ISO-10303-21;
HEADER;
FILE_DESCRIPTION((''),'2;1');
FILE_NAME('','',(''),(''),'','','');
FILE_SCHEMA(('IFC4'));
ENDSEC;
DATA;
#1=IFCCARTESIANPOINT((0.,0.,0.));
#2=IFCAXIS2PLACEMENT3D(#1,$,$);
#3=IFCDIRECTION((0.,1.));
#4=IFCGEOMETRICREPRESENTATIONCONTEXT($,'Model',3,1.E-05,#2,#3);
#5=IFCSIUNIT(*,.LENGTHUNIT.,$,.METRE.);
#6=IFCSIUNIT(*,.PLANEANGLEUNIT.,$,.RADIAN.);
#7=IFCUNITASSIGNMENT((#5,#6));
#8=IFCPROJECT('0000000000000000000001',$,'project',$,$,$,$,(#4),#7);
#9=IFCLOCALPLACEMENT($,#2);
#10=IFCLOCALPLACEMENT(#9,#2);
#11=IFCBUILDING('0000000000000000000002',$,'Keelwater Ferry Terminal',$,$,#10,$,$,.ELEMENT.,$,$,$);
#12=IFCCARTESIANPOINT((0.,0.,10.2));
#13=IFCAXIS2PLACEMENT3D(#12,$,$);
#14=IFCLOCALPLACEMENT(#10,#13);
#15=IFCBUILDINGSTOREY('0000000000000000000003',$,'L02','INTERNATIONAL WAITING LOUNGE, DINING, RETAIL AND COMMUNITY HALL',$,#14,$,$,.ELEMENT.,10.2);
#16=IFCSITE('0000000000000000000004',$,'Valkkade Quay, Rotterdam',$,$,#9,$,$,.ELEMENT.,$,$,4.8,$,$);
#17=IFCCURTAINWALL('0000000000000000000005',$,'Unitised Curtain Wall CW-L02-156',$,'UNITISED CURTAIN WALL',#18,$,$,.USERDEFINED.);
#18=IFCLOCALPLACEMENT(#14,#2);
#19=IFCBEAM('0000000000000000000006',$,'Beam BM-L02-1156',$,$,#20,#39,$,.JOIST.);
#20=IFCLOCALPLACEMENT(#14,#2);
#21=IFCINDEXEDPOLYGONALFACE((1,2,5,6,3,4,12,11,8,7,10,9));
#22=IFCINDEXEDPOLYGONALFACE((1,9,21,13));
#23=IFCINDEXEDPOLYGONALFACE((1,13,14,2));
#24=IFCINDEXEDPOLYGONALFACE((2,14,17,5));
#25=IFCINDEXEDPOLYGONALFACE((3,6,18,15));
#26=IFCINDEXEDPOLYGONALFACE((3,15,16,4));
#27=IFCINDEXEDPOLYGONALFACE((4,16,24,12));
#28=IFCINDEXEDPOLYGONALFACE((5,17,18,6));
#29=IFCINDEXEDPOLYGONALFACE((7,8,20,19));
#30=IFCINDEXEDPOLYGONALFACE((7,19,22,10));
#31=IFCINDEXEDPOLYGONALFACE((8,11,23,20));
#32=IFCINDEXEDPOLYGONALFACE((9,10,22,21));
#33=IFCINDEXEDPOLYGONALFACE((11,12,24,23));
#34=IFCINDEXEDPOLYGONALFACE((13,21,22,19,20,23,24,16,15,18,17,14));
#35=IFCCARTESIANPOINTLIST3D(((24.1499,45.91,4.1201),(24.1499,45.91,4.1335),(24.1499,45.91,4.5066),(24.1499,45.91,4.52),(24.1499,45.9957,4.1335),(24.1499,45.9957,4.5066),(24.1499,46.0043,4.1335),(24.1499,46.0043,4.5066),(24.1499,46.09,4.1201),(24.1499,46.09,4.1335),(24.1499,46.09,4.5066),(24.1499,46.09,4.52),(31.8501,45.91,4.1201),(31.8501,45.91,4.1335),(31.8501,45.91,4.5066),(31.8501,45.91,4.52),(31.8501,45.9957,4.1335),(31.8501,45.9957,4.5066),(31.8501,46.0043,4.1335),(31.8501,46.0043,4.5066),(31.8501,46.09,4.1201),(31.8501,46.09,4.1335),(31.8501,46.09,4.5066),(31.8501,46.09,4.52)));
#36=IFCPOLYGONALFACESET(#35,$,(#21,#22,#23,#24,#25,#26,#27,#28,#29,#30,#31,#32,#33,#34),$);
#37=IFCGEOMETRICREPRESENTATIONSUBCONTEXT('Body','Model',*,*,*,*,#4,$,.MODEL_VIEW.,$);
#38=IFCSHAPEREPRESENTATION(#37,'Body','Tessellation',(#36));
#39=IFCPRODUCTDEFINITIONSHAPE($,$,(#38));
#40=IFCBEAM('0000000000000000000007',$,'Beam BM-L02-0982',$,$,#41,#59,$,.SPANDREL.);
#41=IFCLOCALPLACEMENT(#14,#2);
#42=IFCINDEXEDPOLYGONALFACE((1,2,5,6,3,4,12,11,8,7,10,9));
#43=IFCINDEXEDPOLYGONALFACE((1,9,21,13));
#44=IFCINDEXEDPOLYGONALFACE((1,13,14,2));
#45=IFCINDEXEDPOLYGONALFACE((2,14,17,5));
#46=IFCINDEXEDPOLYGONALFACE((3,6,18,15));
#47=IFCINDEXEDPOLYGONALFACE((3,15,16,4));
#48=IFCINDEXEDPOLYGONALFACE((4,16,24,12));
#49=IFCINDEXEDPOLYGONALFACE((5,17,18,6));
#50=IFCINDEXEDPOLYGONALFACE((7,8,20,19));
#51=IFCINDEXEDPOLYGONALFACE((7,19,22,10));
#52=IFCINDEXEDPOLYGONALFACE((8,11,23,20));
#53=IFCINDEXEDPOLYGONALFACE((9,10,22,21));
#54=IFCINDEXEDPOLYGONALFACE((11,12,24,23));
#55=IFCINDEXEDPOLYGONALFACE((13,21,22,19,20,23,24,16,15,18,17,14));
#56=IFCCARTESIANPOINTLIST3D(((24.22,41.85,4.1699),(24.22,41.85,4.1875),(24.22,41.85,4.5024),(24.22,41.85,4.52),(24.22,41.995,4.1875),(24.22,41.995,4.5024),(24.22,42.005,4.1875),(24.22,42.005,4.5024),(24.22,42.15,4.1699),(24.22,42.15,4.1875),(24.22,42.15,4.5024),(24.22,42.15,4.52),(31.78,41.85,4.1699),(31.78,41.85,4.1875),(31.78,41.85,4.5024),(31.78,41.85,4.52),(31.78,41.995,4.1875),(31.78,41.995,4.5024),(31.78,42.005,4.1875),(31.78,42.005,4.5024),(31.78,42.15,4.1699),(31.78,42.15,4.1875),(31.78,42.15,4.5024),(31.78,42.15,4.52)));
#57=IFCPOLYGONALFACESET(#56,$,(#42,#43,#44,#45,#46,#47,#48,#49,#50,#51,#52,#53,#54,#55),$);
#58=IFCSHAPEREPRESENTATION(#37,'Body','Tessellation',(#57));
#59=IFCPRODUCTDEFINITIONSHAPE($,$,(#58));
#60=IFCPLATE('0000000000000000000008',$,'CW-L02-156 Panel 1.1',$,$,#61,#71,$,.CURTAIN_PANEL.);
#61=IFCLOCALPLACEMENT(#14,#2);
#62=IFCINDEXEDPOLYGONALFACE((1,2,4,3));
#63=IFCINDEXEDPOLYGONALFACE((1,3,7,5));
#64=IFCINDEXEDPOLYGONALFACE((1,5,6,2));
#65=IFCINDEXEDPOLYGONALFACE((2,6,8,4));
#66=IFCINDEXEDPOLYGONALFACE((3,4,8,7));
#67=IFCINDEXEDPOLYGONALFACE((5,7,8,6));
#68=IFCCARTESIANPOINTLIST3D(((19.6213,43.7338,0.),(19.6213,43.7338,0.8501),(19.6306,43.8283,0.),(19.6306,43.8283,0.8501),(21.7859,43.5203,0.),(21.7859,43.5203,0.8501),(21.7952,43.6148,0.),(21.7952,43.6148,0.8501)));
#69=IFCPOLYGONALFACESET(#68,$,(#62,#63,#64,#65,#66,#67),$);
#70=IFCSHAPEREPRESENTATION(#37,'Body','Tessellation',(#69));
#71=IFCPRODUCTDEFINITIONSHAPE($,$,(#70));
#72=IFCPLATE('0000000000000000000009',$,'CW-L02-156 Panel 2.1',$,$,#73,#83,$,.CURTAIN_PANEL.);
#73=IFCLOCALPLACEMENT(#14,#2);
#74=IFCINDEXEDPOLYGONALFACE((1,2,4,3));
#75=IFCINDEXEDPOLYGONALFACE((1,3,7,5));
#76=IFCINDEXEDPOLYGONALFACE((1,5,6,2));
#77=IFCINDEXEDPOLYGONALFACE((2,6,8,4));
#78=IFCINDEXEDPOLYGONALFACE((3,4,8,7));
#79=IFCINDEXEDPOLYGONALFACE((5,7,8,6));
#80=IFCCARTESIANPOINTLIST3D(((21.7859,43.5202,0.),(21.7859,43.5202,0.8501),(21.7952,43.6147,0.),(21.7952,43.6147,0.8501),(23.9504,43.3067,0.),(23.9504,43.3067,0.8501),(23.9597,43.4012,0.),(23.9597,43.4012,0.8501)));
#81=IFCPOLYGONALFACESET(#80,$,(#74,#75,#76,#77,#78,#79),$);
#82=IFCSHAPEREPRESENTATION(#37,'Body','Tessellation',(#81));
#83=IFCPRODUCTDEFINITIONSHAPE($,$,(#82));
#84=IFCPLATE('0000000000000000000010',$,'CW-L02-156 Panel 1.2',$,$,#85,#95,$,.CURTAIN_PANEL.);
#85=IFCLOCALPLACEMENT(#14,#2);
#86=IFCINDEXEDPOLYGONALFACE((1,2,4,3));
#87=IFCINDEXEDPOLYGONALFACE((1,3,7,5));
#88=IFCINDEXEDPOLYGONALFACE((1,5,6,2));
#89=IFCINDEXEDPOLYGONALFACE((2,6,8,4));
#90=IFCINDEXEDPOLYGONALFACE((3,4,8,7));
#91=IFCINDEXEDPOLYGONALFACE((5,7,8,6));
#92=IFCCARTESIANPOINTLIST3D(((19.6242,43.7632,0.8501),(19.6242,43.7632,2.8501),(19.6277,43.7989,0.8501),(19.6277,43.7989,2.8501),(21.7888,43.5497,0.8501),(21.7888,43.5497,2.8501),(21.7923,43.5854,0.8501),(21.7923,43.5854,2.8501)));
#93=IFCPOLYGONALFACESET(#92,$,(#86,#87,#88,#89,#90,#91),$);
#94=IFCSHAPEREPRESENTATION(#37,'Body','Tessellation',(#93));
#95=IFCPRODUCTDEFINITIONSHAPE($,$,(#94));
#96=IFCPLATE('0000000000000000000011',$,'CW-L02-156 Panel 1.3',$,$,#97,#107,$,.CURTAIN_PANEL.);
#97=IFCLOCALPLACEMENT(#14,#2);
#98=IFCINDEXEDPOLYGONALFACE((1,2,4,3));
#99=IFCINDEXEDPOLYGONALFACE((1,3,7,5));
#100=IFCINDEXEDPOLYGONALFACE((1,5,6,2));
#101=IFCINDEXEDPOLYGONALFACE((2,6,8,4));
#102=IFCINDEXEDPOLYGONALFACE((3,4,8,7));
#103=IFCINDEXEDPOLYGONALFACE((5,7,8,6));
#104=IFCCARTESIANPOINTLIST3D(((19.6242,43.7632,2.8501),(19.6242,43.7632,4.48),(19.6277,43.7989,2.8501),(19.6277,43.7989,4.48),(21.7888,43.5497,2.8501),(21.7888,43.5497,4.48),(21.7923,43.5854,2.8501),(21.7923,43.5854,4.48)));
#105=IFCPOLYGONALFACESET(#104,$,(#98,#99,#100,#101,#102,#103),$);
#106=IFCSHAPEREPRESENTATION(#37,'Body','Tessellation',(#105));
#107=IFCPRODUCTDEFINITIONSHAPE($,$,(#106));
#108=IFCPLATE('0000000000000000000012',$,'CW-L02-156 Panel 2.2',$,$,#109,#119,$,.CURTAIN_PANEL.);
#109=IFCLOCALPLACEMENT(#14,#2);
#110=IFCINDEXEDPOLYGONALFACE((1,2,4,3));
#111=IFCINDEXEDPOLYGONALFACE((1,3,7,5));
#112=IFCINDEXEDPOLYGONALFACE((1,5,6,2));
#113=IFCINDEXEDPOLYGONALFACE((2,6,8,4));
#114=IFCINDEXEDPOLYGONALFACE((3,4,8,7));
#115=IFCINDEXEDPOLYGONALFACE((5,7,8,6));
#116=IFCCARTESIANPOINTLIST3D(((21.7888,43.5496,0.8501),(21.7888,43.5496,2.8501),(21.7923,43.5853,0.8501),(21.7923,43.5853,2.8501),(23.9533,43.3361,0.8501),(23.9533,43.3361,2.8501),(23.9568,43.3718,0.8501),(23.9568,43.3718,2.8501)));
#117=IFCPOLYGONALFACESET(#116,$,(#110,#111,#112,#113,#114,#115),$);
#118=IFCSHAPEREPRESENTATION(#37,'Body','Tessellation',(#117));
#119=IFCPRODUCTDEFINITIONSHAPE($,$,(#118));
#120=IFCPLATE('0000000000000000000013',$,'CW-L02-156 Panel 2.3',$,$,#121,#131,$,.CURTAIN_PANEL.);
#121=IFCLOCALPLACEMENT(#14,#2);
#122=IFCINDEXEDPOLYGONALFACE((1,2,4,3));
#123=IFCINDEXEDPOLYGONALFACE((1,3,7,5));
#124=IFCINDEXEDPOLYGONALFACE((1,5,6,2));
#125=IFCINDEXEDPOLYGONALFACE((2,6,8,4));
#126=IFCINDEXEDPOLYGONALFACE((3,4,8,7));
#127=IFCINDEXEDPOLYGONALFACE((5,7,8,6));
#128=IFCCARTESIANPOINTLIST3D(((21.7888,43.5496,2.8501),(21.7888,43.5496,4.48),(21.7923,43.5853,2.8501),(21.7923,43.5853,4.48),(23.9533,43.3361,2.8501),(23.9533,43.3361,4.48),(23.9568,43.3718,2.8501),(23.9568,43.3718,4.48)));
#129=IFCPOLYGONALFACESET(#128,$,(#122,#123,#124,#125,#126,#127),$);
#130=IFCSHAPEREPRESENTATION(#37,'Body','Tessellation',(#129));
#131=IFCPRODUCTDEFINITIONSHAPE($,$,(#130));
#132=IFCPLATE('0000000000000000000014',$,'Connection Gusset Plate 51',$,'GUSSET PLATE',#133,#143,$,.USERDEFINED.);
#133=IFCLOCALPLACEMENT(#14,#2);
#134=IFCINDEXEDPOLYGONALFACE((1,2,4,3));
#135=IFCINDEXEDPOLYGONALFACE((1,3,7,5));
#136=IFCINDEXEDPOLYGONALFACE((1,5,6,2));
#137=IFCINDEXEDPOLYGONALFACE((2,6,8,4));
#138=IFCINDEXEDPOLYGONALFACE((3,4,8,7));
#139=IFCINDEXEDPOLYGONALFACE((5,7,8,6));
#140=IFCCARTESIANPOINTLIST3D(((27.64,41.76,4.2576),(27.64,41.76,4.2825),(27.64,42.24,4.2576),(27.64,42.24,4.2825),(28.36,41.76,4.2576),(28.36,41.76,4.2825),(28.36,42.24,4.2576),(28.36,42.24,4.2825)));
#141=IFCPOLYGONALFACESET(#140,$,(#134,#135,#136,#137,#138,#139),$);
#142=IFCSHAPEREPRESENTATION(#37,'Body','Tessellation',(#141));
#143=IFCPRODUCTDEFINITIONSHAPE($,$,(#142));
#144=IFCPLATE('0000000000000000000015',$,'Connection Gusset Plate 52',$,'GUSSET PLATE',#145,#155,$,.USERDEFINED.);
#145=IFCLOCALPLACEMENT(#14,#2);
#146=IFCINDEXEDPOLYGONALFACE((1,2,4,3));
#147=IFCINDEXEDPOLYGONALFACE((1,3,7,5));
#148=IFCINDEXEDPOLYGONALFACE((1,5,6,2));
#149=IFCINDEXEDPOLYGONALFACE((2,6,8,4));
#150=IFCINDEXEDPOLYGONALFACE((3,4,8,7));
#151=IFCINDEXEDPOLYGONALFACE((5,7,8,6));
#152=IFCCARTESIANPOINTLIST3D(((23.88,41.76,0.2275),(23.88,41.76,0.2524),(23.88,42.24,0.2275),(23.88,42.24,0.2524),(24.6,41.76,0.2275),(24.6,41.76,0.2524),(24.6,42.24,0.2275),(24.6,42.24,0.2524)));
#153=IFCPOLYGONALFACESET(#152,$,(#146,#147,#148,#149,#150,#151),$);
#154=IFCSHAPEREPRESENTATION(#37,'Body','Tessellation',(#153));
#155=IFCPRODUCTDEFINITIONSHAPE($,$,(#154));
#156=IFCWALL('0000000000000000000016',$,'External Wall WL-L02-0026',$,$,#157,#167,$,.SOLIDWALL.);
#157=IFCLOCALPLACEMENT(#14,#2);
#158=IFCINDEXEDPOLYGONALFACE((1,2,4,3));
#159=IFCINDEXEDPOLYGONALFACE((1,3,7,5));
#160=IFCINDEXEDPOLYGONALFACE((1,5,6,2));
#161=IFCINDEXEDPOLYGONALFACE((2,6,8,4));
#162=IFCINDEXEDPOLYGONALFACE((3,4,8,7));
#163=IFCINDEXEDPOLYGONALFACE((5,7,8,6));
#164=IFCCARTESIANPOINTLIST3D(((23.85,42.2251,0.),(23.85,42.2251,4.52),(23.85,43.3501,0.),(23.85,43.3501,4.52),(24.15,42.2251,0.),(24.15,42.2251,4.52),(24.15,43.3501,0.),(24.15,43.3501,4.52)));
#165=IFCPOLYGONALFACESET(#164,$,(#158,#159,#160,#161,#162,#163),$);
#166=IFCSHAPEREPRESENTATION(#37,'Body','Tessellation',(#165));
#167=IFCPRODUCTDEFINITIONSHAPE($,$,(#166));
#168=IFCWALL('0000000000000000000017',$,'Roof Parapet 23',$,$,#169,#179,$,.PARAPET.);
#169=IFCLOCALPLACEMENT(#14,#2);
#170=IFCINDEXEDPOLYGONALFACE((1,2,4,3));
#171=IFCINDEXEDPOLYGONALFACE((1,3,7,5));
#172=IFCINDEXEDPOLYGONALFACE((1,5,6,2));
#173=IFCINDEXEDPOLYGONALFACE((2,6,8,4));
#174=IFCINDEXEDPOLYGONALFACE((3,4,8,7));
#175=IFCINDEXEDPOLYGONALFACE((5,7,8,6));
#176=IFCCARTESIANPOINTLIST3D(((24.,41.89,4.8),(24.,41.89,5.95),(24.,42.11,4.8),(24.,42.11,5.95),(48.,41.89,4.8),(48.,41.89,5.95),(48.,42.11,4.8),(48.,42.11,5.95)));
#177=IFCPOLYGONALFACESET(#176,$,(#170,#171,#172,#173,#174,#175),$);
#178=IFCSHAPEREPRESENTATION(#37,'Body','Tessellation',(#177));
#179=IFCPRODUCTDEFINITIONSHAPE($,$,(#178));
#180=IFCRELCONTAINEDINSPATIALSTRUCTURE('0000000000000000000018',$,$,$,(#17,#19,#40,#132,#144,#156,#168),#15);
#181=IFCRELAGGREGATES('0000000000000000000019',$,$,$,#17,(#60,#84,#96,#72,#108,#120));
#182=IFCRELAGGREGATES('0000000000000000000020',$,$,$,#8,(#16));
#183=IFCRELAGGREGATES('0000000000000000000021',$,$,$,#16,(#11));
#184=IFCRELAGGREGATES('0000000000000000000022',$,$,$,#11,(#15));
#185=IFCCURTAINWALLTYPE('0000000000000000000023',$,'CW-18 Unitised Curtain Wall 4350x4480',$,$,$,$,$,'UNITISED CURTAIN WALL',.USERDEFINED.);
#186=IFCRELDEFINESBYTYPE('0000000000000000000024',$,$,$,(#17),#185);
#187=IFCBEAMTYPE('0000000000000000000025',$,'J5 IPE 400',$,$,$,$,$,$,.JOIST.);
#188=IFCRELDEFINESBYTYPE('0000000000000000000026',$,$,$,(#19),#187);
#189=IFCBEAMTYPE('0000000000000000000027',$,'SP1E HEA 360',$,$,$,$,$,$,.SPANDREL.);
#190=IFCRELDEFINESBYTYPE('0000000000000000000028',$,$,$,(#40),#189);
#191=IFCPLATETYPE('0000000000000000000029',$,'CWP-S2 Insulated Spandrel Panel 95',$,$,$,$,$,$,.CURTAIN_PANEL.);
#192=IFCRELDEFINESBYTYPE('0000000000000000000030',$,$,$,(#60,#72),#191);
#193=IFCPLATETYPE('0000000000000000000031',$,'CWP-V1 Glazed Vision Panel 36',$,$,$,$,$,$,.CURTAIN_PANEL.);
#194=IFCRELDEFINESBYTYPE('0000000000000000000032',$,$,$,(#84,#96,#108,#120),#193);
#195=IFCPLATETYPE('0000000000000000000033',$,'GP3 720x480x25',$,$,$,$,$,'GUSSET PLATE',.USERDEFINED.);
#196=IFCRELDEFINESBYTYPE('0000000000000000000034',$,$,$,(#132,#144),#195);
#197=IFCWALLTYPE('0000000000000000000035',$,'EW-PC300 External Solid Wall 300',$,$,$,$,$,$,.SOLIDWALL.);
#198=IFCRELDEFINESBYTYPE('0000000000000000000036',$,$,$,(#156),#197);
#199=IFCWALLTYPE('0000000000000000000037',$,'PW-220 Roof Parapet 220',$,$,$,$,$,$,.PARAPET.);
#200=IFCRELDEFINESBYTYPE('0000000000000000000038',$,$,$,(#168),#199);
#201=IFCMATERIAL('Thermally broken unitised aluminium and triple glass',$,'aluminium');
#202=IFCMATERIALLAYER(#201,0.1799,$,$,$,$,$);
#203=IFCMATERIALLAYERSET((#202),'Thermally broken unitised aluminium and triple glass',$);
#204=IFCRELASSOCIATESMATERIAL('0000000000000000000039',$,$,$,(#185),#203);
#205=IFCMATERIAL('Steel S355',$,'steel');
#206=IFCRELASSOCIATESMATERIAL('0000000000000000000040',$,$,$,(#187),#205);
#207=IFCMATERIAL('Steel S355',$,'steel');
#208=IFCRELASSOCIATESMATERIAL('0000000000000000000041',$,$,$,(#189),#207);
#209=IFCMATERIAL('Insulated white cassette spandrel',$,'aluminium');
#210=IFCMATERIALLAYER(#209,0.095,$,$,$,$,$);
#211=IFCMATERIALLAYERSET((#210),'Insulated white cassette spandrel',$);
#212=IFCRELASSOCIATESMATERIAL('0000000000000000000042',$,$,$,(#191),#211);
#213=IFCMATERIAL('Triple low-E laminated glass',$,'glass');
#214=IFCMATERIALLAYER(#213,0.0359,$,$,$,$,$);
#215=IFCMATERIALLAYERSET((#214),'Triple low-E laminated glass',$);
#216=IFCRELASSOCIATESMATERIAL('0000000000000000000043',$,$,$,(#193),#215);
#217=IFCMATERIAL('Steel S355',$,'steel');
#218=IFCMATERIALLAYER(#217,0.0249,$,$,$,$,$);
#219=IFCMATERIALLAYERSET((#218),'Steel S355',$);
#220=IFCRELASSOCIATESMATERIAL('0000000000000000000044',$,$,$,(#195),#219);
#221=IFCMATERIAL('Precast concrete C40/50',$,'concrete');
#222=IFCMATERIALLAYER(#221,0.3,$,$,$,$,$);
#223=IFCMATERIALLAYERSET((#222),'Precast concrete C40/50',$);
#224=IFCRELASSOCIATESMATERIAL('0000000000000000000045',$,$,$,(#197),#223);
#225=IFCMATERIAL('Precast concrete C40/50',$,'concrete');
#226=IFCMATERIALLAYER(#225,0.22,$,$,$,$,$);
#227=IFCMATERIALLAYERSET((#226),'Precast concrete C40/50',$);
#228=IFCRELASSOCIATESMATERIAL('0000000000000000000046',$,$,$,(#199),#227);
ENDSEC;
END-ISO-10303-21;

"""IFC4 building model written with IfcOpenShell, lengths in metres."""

from ifc_helpers import new_model, si_unit, direction, frame, frame_2d, origin, origin_2d, place, context, subcontext, project, spatial, rectangle, i_section, extrude, material, layer, layer_set, material_profile, profile_set, type_object, element, aggregate, save


model = new_model("IFC4")

# Units and contexts
model_context = context("Model", 3, precision=1e-05, world=origin(), true_north=direction((0.0, 1.0)))
body_context = subcontext(model_context, "Body", "Model", "MODEL_VIEW")
ifc_project = project(units=[si_unit("LENGTHUNIT", "METRE"), si_unit("PLANEANGLEUNIT", "RADIAN")], contexts=[model_context])

# Site, building, storey
site_placement = place(None, origin())
site = spatial("IfcSite", under=ifc_project, at=site_placement, Name="Valkkade Quay, Rotterdam", CompositionType="ELEMENT", RefElevation=4.8)
building_placement = place(site_placement, origin())
building = spatial("IfcBuilding", under=site, at=building_placement, Name="Keelwater Ferry Terminal", CompositionType="ELEMENT")
storey_placement = place(building_placement, frame((0.0, 0.0, 10.2)))
storey = spatial("IfcBuildingStorey", under=building, at=storey_placement, Name="L02", Description="INTERNATIONAL WAITING LOUNGE, DINING, RETAIL AND COMMUNITY HALL", CompositionType="ELEMENT", Elevation=10.2)

# Curtain wall
ifc_material_1 = material(Name="Thermally broken unitised aluminium and triple glass", Category="aluminium")
ifc_layer_1 = layer(ifc_material_1, 0.1799)
ifc_layer_set_1 = layer_set([ifc_layer_1], Name="Thermally broken unitised aluminium and triple glass")
curtain_wall_type = type_object("IfcCurtainWallType", Name="CW-18 Unitised Curtain Wall 4350x4480", ElementType="UNITISED CURTAIN WALL", PredefinedType="USERDEFINED", material=ifc_layer_set_1)
curtain_wall_placement = place(storey_placement, origin())
curtain_wall = element("IfcCurtainWall", 1, at=curtain_wall_placement, inside=storey, type_object=curtain_wall_type, Name="Unitised Curtain Wall CW-L02-156", ObjectType="UNITISED CURTAIN WALL", PredefinedType="USERDEFINED")

# Beams
ifc_material_2 = material(Name="Steel S355", Category="steel")
ifc_material_profile_1 = material_profile(ifc_material_2, i_section(OverallWidth=0.1799, OverallDepth=0.3999, WebThickness=0.0085, FlangeThickness=0.0134, at=origin_2d()), Name="IPE 400")
ifc_profile_set_1 = profile_set([ifc_material_profile_1], Name="Steel S355")
beam_type_1 = type_object("IfcBeamType", Name="J5 IPE 400", PredefinedType="JOIST", material=ifc_profile_set_1)
beam_1_placement = place(storey_placement, frame((24.1499, 46.0, 4.3201), z_axis=(1.0, 0.0, 0.0), x_axis=(0.0, 1.0, 0.0)))
element("IfcBeam", 2, at=beam_1_placement, inside=storey, type_object=beam_type_1, Name="Beam BM-L02-1156", PredefinedType="JOIST", context=body_context, shape_type="SweptSolid", body=[
    extrude(i_section(OverallWidth=0.1799, OverallDepth=0.3999, WebThickness=0.0085, FlangeThickness=0.0134, at=origin_2d()), origin(), (0.0, 0.0, 1.0), 7.7002),
])
ifc_material_3 = material(Name="Steel S355", Category="steel")
ifc_material_profile_2 = material_profile(ifc_material_3, i_section(OverallWidth=0.3, OverallDepth=0.3501, WebThickness=0.01, FlangeThickness=0.0176, at=origin_2d()), Name="HEA 360")
ifc_profile_set_2 = profile_set([ifc_material_profile_2], Name="Steel S355")
beam_type_2 = type_object("IfcBeamType", Name="SP1E HEA 360", PredefinedType="SPANDREL", material=ifc_profile_set_2)
beam_2_placement = place(storey_placement, frame((24.22, 42.0, 4.345), z_axis=(1.0, 0.0, 0.0), x_axis=(0.0, 1.0, 0.0)))
element("IfcBeam", 3, at=beam_2_placement, inside=storey, type_object=beam_type_2, Name="Beam BM-L02-0982", PredefinedType="SPANDREL", context=body_context, shape_type="SweptSolid", body=[
    extrude(i_section(OverallWidth=0.3, OverallDepth=0.3501, WebThickness=0.01, FlangeThickness=0.0176, at=origin_2d()), origin(), (0.0, 0.0, 1.0), 7.5601),
])

# Plates
ifc_material_4 = material(Name="Insulated white cassette spandrel", Category="aluminium")
ifc_layer_2 = layer(ifc_material_4, 0.095)
ifc_layer_set_2 = layer_set([ifc_layer_2], Name="Insulated white cassette spandrel")
plate_type_1 = type_object("IfcPlateType", Name="CWP-S2 Insulated Spandrel Panel 95", PredefinedType="CURTAIN_PANEL", material=ifc_layer_set_2)
plate_1_placement = place(storey_placement, frame((20.7083, 43.6743, 0.0), z_axis=(0.0, 0.0, 1.0), x_axis=(0.995171, -0.098161, 0.0)))
plate_1 = element("IfcPlate", 4, at=plate_1_placement, type_object=plate_type_1, Name="CW-L02-156 Panel 1.1", PredefinedType="CURTAIN_PANEL", context=body_context, shape_type="SweptSolid", body=[
    extrude(rectangle(XDim=2.175, YDim=0.095, at=origin_2d()), origin(), (0.0, 0.0, 1.0), 0.8501),
])
plate_2_placement = place(storey_placement, frame((22.8728, 43.4607, 0.0), z_axis=(0.0, 0.0, 1.0), x_axis=(0.995171, -0.098161, 0.0)))
plate_2 = element("IfcPlate", 5, at=plate_2_placement, type_object=plate_type_1, Name="CW-L02-156 Panel 2.1", PredefinedType="CURTAIN_PANEL", context=body_context, shape_type="SweptSolid", body=[
    extrude(rectangle(XDim=2.175, YDim=0.095, at=origin_2d()), origin(), (0.0, 0.0, 1.0), 0.8501),
])
ifc_material_5 = material(Name="Triple low-E laminated glass", Category="glass")
ifc_layer_3 = layer(ifc_material_5, 0.0359)
ifc_layer_set_3 = layer_set([ifc_layer_3], Name="Triple low-E laminated glass")
plate_type_2 = type_object("IfcPlateType", Name="CWP-V1 Glazed Vision Panel 36", PredefinedType="CURTAIN_PANEL", material=ifc_layer_set_3)
plate_3_placement = place(storey_placement, frame((20.7083, 43.6743, 0.8501), z_axis=(0.0, 0.0, 1.0), x_axis=(0.995171, -0.098161, 0.0)))
plate_3 = element("IfcPlate", 6, at=plate_3_placement, type_object=plate_type_2, Name="CW-L02-156 Panel 1.2", PredefinedType="CURTAIN_PANEL", context=body_context, shape_type="SweptSolid", body=[
    extrude(rectangle(XDim=2.175, YDim=0.0359, at=origin_2d()), origin(), (0.0, 0.0, 1.0), 2.0),
])
plate_4_placement = place(storey_placement, frame((20.7083, 43.6743, 2.8501), z_axis=(0.0, 0.0, 1.0), x_axis=(0.995171, -0.098161, 0.0)))
plate_4 = element("IfcPlate", 7, at=plate_4_placement, type_object=plate_type_2, Name="CW-L02-156 Panel 1.3", PredefinedType="CURTAIN_PANEL", context=body_context, shape_type="SweptSolid", body=[
    extrude(rectangle(XDim=2.175, YDim=0.0359, at=origin_2d()), origin(), (0.0, 0.0, 1.0), 1.6299),
])
plate_5_placement = place(storey_placement, frame((22.8728, 43.4607, 0.8501), z_axis=(0.0, 0.0, 1.0), x_axis=(0.995171, -0.098161, 0.0)))
plate_5 = element("IfcPlate", 8, at=plate_5_placement, type_object=plate_type_2, Name="CW-L02-156 Panel 2.2", PredefinedType="CURTAIN_PANEL", context=body_context, shape_type="SweptSolid", body=[
    extrude(rectangle(XDim=2.175, YDim=0.0359, at=origin_2d()), origin(), (0.0, 0.0, 1.0), 2.0),
])
plate_6_placement = place(storey_placement, frame((22.8728, 43.4607, 2.8501), z_axis=(0.0, 0.0, 1.0), x_axis=(0.995171, -0.098161, 0.0)))
plate_6 = element("IfcPlate", 9, at=plate_6_placement, type_object=plate_type_2, Name="CW-L02-156 Panel 2.3", PredefinedType="CURTAIN_PANEL", context=body_context, shape_type="SweptSolid", body=[
    extrude(rectangle(XDim=2.175, YDim=0.0359, at=origin_2d()), origin(), (0.0, 0.0, 1.0), 1.6299),
])
aggregate(curtain_wall, [plate_1, plate_3, plate_4, plate_2, plate_5, plate_6])

# Plates
ifc_material_6 = material(Name="Steel S355", Category="steel")
ifc_layer_4 = layer(ifc_material_6, 0.0249)
ifc_layer_set_4 = layer_set([ifc_layer_4], Name="Steel S355")
plate_type_3 = type_object("IfcPlateType", Name="GP3 720x480x25", ElementType="GUSSET PLATE", PredefinedType="USERDEFINED", material=ifc_layer_set_4)
for number, where, z_axis, x_axis, name in (
    (10, (28.0, 42.0, 4.2576), (0.0, 0.0, 1.0), (1.0, 0.0, 0.0), "Connection Gusset Plate 51"),
    (11, (24.24, 42.0, 0.2275), (0.0, 0.0, 1.0), (1.0, 0.0, 0.0), "Connection Gusset Plate 52"),
):
    element("IfcPlate", number, at=place(storey_placement, frame(where, z_axis=z_axis, x_axis=x_axis)), inside=storey, type_object=plate_type_3, Name=name, ObjectType="GUSSET PLATE", PredefinedType="USERDEFINED", context=body_context, shape_type="SweptSolid", body=[
        extrude(rectangle(XDim=0.72, YDim=0.48, at=origin_2d()), origin(), (0.0, 0.0, 1.0), 0.0249),
    ])

# Walls
ifc_material_7 = material(Name="Precast concrete C40/50", Category="concrete")
ifc_layer_5 = layer(ifc_material_7, 0.3)
ifc_layer_set_5 = layer_set([ifc_layer_5], Name="Precast concrete C40/50")
wall_type_1 = type_object("IfcWallType", Name="EW-PC300 External Solid Wall 300", PredefinedType="SOLIDWALL", material=ifc_layer_set_5)
wall_1_placement = place(storey_placement, frame((24.0, 43.3501, 0.0), z_axis=(0.0, 0.0, 1.0), x_axis=(0.0, -1.0, 0.0)))
element("IfcWall", 12, at=wall_1_placement, inside=storey, type_object=wall_type_1, Name="External Wall WL-L02-0026", PredefinedType="SOLIDWALL", context=body_context, shape_type="SweptSolid", body=[
    extrude(rectangle(XDim=1.125, YDim=0.3, at=frame_2d((0.5625, 0.0))), origin(), (0.0, 0.0, 1.0), 4.52),
])
ifc_material_8 = material(Name="Precast concrete C40/50", Category="concrete")
ifc_layer_6 = layer(ifc_material_8, 0.22)
ifc_layer_set_6 = layer_set([ifc_layer_6], Name="Precast concrete C40/50")
wall_type_2 = type_object("IfcWallType", Name="PW-220 Roof Parapet 220", PredefinedType="PARAPET", material=ifc_layer_set_6)
wall_2_placement = place(storey_placement, frame((24.0, 42.0, 4.8), z_axis=(0.0, 0.0, 1.0), x_axis=(1.0, 0.0, 0.0)))
element("IfcWall", 13, at=wall_2_placement, inside=storey, type_object=wall_type_2, Name="Roof Parapet 23", PredefinedType="PARAPET", context=body_context, shape_type="SweptSolid", body=[
    extrude(rectangle(XDim=24.0, YDim=0.22, at=frame_2d((12.0, 0.0))), origin(), (0.0, 0.0, 1.0), 1.1499),
])

save(model, "model.ifc")
